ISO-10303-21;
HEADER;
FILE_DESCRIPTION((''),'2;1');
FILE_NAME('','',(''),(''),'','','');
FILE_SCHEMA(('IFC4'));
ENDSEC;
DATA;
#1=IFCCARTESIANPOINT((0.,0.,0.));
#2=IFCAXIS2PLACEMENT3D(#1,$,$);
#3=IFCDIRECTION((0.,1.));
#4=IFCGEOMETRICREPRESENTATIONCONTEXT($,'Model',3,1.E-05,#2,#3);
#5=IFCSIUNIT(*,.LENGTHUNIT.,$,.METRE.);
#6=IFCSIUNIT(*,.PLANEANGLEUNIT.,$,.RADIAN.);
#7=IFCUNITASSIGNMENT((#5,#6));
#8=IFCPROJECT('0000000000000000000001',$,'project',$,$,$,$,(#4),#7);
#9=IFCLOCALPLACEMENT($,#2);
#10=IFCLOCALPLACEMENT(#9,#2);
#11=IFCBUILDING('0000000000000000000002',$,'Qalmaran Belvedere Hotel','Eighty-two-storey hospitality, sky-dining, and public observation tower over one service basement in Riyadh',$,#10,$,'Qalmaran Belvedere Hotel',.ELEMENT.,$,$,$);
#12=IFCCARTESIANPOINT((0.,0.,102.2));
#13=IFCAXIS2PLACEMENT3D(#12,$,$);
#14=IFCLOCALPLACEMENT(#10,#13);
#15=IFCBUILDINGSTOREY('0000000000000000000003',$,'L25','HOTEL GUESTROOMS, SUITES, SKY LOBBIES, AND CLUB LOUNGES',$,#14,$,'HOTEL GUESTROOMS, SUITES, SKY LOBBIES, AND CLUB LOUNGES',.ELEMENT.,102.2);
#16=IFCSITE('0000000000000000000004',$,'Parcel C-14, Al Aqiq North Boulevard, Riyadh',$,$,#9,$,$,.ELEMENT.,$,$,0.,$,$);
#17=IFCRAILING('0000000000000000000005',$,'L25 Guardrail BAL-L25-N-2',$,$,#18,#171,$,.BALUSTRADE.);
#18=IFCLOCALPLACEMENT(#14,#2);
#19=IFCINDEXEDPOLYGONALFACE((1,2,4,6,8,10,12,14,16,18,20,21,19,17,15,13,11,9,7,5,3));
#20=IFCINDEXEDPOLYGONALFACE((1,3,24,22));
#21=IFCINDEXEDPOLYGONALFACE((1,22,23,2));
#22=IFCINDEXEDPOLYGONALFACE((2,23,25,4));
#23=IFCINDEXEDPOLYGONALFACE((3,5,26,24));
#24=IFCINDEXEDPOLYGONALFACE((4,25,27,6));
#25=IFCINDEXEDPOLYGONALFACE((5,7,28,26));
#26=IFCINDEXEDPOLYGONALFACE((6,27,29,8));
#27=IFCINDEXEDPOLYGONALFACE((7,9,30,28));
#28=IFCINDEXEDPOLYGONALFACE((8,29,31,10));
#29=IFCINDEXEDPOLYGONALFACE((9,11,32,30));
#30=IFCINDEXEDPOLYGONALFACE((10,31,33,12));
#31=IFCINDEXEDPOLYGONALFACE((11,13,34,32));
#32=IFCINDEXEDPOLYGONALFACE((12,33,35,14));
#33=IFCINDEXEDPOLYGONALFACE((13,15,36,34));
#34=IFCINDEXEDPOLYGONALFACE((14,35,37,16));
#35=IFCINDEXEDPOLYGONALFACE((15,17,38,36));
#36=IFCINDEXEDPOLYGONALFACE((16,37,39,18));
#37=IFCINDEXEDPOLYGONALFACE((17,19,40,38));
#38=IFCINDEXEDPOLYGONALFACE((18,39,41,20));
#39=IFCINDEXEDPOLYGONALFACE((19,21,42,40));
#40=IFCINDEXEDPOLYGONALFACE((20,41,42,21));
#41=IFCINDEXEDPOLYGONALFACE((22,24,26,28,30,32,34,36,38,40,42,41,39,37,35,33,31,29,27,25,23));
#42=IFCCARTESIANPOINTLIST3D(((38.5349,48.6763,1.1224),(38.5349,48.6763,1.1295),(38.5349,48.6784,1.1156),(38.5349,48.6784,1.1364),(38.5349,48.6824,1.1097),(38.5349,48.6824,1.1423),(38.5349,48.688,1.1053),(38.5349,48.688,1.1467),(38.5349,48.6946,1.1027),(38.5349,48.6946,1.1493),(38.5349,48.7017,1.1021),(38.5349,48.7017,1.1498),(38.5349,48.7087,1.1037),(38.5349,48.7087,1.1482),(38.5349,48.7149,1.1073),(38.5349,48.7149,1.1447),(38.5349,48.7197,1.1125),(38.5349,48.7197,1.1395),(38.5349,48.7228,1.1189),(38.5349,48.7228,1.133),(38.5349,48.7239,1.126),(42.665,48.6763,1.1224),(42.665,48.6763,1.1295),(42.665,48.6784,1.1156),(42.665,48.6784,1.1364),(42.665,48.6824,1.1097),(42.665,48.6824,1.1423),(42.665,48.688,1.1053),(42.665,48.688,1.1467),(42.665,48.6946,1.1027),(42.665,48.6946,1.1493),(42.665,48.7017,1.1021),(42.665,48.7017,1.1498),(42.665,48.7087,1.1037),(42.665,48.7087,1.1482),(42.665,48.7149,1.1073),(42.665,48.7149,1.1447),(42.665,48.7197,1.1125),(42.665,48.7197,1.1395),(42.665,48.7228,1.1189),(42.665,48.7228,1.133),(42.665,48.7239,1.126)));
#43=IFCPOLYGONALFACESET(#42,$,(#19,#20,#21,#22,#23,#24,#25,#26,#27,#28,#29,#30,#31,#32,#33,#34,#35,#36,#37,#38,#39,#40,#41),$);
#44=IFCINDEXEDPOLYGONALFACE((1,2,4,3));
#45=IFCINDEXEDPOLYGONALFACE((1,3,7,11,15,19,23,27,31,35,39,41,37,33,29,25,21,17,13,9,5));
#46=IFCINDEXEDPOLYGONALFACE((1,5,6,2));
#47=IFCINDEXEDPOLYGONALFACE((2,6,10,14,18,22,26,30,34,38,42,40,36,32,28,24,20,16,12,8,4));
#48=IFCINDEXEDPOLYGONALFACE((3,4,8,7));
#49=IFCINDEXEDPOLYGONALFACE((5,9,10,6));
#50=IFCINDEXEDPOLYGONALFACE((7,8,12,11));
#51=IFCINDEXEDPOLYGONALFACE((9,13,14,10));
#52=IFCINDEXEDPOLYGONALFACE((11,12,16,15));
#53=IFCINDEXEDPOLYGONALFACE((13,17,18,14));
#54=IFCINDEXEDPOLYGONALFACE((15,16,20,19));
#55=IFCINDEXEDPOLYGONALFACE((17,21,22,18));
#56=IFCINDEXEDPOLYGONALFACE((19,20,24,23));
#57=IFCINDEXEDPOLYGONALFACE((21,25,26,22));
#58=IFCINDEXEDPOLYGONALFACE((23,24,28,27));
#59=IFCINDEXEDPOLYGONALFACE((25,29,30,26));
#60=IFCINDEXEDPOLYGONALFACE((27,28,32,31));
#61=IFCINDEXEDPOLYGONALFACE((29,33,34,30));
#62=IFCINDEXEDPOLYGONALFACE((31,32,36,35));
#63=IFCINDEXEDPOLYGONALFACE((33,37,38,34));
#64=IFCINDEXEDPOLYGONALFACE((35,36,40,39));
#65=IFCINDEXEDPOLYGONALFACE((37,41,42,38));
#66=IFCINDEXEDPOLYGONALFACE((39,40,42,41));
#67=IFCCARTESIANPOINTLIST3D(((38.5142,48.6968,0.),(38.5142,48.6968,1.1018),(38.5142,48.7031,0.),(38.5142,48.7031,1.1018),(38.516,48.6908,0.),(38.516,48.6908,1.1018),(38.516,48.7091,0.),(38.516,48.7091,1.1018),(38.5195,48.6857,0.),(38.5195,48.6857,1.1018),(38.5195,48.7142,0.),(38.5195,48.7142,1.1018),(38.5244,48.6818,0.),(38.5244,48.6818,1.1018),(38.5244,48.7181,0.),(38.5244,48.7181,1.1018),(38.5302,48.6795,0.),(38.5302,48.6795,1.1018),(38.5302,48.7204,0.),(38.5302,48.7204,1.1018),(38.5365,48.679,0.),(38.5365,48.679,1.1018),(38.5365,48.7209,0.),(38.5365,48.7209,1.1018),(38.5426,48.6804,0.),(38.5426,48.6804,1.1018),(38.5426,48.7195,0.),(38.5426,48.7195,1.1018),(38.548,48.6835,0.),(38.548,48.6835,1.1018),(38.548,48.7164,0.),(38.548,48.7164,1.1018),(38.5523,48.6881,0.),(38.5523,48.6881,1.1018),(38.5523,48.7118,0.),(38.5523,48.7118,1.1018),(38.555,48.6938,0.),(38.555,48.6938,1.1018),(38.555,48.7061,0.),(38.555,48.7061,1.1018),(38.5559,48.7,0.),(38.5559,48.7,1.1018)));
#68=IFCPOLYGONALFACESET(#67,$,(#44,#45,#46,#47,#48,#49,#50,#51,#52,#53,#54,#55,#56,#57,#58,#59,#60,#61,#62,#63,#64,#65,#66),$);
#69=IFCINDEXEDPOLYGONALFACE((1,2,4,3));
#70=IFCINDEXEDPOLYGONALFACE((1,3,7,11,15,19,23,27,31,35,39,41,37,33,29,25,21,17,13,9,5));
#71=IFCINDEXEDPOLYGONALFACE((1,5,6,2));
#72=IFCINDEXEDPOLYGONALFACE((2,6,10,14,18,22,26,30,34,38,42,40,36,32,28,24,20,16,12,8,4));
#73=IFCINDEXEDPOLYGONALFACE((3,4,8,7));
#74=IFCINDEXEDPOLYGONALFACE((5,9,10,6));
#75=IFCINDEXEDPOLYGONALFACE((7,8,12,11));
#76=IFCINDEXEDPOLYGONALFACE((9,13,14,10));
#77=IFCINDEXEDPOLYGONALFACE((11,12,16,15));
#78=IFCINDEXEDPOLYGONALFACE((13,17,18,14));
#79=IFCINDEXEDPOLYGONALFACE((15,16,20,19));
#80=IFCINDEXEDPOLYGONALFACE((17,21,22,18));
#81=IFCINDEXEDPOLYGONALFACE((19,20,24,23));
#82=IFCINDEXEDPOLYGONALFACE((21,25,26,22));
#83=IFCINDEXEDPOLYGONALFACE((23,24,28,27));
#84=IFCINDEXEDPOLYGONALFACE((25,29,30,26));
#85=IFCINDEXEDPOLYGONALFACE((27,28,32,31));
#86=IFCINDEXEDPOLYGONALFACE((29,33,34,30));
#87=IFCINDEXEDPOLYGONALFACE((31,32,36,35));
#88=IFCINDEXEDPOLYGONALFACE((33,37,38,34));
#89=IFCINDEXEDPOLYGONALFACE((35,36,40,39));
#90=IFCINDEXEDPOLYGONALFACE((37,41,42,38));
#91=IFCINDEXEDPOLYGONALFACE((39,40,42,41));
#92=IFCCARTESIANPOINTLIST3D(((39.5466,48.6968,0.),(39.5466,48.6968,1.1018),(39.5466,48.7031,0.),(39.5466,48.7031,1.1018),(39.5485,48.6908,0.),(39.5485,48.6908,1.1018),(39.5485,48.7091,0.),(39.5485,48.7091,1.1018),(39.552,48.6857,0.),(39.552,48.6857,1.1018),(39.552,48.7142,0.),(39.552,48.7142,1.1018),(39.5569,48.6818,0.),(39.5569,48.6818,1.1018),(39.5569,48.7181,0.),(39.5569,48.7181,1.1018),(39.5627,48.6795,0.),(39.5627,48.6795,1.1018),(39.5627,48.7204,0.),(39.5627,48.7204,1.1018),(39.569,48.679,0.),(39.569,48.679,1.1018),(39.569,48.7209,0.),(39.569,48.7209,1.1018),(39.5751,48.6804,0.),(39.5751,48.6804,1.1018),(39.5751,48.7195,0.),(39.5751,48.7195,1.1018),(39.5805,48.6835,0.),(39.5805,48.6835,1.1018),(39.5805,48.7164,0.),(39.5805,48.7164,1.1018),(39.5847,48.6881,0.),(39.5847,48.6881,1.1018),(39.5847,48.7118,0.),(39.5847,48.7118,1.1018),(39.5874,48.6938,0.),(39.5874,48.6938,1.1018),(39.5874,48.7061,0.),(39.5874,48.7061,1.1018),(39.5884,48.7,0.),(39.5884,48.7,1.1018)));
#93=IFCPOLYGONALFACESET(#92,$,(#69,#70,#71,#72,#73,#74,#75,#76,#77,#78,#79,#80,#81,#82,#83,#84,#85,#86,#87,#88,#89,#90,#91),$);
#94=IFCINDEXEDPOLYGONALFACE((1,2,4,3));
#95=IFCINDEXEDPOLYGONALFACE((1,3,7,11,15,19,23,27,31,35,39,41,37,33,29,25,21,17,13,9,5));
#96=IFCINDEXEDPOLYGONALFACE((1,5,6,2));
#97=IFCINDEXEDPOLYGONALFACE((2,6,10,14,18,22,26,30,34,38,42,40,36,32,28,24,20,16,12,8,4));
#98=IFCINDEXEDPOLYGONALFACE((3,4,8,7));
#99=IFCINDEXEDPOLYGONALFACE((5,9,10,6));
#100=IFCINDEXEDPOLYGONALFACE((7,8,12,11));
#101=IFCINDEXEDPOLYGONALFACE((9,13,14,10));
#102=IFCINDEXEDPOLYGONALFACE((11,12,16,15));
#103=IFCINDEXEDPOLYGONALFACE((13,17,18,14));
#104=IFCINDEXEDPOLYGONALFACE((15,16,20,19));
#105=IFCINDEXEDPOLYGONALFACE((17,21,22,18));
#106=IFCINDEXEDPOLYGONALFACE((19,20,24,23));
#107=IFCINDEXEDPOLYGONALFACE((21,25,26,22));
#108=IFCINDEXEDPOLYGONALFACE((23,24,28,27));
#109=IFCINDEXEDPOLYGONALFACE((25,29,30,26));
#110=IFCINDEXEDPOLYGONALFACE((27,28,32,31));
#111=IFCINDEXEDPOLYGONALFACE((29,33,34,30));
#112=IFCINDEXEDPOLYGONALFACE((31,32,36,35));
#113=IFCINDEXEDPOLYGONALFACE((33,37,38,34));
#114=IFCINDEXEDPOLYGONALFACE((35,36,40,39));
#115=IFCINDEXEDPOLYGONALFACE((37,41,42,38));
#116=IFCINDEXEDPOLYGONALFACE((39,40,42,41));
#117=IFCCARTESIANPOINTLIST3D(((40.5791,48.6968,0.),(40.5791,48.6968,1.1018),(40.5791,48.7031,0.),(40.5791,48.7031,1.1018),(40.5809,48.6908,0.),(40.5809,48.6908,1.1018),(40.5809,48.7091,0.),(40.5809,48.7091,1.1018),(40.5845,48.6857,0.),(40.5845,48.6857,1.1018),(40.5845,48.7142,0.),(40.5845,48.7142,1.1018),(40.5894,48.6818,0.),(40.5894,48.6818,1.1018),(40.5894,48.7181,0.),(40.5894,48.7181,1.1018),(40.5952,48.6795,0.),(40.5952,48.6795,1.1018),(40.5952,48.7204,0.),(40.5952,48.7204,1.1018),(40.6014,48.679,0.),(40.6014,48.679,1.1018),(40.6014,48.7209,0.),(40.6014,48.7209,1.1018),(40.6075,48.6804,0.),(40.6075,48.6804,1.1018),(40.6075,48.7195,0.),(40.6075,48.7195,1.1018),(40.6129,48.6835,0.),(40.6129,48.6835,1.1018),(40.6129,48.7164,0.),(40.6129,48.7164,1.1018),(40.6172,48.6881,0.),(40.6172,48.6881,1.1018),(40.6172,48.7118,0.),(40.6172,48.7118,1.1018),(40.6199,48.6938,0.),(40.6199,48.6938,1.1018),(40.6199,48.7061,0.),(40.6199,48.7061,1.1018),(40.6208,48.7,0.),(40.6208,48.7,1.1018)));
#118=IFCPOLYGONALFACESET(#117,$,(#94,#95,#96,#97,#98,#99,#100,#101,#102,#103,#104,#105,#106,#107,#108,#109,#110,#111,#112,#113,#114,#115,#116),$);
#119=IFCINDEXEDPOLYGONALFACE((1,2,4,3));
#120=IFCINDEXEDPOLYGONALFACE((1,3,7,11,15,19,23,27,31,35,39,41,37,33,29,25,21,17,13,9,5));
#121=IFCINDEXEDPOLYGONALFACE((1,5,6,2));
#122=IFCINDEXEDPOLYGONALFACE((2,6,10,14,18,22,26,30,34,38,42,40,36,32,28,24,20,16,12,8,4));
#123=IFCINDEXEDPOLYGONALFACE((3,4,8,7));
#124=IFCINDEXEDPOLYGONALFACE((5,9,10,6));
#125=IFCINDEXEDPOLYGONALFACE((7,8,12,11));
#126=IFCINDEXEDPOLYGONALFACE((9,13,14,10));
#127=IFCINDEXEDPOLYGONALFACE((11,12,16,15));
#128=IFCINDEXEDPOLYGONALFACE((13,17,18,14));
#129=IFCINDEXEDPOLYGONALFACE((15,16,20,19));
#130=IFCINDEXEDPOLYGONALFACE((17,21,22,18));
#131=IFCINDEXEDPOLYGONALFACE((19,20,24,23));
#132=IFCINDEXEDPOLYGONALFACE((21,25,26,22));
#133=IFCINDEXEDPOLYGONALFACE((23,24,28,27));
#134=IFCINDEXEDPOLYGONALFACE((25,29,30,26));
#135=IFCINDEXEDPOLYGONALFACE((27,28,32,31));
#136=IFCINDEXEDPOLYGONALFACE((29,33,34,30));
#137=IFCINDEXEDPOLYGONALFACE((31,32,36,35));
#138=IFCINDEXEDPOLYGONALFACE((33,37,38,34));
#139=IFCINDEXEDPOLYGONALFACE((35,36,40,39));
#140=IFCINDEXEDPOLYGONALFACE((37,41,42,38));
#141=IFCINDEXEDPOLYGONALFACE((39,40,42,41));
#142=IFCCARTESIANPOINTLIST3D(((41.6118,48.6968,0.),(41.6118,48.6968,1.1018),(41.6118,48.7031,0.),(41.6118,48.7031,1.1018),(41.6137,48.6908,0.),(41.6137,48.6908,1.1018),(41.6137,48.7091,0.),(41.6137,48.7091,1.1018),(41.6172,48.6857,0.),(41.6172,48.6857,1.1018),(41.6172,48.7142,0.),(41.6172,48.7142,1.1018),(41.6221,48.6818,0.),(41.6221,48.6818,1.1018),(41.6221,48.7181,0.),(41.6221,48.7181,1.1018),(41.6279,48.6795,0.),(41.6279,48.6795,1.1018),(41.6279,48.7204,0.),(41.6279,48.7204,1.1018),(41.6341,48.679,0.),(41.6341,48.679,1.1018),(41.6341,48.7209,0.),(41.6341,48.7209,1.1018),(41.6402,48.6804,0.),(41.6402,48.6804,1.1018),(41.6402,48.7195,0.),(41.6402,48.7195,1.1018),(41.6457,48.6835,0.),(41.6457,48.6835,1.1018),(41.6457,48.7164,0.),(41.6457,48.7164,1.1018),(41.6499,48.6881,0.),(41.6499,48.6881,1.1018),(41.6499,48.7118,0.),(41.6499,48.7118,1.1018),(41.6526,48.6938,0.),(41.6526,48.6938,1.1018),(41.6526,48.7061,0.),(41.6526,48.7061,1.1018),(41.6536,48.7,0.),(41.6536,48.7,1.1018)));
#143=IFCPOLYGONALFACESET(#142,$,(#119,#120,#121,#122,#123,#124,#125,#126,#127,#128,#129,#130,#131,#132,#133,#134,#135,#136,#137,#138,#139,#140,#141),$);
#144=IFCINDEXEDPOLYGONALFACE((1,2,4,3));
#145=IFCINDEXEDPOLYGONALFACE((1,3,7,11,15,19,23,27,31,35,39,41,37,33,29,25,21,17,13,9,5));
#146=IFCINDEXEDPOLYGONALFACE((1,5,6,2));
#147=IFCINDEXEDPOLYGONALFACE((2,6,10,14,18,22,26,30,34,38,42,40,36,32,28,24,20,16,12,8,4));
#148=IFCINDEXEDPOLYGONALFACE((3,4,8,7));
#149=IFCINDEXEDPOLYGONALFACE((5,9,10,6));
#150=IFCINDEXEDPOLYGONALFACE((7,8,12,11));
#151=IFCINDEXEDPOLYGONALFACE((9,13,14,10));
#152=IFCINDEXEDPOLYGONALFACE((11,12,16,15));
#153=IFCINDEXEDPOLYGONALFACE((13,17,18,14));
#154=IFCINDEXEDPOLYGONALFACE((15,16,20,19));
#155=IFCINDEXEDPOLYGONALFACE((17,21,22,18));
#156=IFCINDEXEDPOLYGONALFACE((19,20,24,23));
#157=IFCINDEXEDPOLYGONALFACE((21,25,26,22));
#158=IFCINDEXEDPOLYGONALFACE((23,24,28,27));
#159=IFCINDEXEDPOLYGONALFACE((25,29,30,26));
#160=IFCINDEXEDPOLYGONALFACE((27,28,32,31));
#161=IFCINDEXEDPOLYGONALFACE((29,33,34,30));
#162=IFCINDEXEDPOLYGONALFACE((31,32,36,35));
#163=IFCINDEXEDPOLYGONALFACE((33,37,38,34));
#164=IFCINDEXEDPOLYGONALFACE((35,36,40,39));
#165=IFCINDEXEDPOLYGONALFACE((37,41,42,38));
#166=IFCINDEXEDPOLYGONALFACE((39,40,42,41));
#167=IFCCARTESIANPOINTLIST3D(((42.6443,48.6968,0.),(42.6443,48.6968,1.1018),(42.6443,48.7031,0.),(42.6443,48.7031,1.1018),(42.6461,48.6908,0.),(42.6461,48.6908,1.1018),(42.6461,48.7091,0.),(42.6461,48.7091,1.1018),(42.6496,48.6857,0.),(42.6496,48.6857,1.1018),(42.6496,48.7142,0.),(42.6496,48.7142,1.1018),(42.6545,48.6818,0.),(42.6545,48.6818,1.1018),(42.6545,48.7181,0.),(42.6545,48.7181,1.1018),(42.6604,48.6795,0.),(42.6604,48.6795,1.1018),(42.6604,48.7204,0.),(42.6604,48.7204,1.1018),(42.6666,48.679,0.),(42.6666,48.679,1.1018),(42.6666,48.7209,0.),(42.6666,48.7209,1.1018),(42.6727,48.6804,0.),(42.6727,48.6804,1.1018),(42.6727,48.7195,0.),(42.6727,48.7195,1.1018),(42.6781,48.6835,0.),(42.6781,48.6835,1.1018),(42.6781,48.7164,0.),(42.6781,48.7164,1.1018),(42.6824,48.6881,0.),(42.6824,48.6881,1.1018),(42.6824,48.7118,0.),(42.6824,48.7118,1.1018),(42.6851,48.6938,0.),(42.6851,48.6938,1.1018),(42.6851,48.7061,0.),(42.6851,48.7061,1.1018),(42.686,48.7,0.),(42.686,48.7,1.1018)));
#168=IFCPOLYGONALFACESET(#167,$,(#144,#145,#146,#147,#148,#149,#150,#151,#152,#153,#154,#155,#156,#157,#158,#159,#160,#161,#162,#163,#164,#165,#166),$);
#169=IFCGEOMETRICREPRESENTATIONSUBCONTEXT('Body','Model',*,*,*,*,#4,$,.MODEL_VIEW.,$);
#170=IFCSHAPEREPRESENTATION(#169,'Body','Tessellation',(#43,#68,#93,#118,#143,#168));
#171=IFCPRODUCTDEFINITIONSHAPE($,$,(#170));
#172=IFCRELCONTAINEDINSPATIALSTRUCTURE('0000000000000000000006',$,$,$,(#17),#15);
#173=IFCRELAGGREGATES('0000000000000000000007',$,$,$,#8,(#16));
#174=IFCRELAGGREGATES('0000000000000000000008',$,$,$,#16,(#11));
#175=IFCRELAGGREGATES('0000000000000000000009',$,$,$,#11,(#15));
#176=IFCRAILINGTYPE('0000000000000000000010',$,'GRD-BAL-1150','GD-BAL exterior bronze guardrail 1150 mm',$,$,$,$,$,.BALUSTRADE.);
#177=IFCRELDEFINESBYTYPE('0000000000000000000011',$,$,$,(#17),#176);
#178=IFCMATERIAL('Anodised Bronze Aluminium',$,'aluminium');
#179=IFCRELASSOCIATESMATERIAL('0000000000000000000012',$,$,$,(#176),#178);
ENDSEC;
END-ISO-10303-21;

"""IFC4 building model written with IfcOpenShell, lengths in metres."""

from ifc_helpers import new_model, si_unit, direction, frame, origin, origin_2d, place, context, subcontext, project, spatial, circle, extrude, material, type_object, element, save


model = new_model("IFC4")

# Units and contexts
model_context = context("Model", 3, precision=1e-05, world=origin(), true_north=direction((0.0, 1.0)))
body_context = subcontext(model_context, "Body", "Model", "MODEL_VIEW")
ifc_project = project(units=[si_unit("LENGTHUNIT", "METRE"), si_unit("PLANEANGLEUNIT", "RADIAN")], contexts=[model_context])

# Site, building, storey
site_placement = place(None, origin())
site = spatial("IfcSite", under=ifc_project, at=site_placement, Name="Parcel C-14, Al Aqiq North Boulevard, Riyadh", CompositionType="ELEMENT", RefElevation=0.0)
building_placement = place(site_placement, origin())
building = spatial("IfcBuilding", under=site, at=building_placement, Name="Qalmaran Belvedere Hotel", Description="Eighty-two-storey hospitality, sky-dining, and public observation tower over one service basement in Riyadh", LongName="Qalmaran Belvedere Hotel", CompositionType="ELEMENT")
storey_placement = place(building_placement, frame((0.0, 0.0, 102.2)))
storey = spatial("IfcBuildingStorey", under=building, at=storey_placement, Name="L25", Description="HOTEL GUESTROOMS, SUITES, SKY LOBBIES, AND CLUB LOUNGES", LongName="HOTEL GUESTROOMS, SUITES, SKY LOBBIES, AND CLUB LOUNGES", CompositionType="ELEMENT", Elevation=102.2)

# Shared definitions
ifc_material_1 = material(Name="Anodised Bronze Aluminium", Category="aluminium")

# Railing
railing_type = type_object("IfcRailingType", Name="GRD-BAL-1150", Description="GD-BAL exterior bronze guardrail 1150 mm", PredefinedType="BALUSTRADE", material=ifc_material_1)
railing_1_placement = place(storey_placement, frame((38.5349, 48.7, 0.0)))
element("IfcRailing", 1, at=railing_1_placement, inside=storey, type_object=railing_type, Name="L25 Guardrail BAL-L25-N-2", PredefinedType="BALUSTRADE", context=body_context, shape_type="SweptSolid", body=[
    extrude(circle(Radius=0.0239, at=origin_2d()), frame((0.0, 0.0, 1.126), z_axis=(1.0, 0.0, 0.0), x_axis=(0.0, 1.0, 0.0)), (0.0, 0.0, 1.0), 4.1301),
    extrude(circle(Radius=0.021, at=origin_2d()), origin(), (0.0, 0.0, 1.0), 1.1018),
    extrude(circle(Radius=0.021, at=origin_2d()), frame((1.0325, 0.0, 0.0)), (0.0, 0.0, 1.0), 1.1018),
    extrude(circle(Radius=0.021, at=origin_2d()), frame((2.0649, 0.0, 0.0)), (0.0, 0.0, 1.0), 1.1018),
    extrude(circle(Radius=0.021, at=origin_2d()), frame((3.0977, 0.0, 0.0)), (0.0, 0.0, 1.0), 1.1018),
    extrude(circle(Radius=0.021, at=origin_2d()), frame((4.1301, 0.0, 0.0)), (0.0, 0.0, 1.0), 1.1018),
])

save(model, "model.ifc")
